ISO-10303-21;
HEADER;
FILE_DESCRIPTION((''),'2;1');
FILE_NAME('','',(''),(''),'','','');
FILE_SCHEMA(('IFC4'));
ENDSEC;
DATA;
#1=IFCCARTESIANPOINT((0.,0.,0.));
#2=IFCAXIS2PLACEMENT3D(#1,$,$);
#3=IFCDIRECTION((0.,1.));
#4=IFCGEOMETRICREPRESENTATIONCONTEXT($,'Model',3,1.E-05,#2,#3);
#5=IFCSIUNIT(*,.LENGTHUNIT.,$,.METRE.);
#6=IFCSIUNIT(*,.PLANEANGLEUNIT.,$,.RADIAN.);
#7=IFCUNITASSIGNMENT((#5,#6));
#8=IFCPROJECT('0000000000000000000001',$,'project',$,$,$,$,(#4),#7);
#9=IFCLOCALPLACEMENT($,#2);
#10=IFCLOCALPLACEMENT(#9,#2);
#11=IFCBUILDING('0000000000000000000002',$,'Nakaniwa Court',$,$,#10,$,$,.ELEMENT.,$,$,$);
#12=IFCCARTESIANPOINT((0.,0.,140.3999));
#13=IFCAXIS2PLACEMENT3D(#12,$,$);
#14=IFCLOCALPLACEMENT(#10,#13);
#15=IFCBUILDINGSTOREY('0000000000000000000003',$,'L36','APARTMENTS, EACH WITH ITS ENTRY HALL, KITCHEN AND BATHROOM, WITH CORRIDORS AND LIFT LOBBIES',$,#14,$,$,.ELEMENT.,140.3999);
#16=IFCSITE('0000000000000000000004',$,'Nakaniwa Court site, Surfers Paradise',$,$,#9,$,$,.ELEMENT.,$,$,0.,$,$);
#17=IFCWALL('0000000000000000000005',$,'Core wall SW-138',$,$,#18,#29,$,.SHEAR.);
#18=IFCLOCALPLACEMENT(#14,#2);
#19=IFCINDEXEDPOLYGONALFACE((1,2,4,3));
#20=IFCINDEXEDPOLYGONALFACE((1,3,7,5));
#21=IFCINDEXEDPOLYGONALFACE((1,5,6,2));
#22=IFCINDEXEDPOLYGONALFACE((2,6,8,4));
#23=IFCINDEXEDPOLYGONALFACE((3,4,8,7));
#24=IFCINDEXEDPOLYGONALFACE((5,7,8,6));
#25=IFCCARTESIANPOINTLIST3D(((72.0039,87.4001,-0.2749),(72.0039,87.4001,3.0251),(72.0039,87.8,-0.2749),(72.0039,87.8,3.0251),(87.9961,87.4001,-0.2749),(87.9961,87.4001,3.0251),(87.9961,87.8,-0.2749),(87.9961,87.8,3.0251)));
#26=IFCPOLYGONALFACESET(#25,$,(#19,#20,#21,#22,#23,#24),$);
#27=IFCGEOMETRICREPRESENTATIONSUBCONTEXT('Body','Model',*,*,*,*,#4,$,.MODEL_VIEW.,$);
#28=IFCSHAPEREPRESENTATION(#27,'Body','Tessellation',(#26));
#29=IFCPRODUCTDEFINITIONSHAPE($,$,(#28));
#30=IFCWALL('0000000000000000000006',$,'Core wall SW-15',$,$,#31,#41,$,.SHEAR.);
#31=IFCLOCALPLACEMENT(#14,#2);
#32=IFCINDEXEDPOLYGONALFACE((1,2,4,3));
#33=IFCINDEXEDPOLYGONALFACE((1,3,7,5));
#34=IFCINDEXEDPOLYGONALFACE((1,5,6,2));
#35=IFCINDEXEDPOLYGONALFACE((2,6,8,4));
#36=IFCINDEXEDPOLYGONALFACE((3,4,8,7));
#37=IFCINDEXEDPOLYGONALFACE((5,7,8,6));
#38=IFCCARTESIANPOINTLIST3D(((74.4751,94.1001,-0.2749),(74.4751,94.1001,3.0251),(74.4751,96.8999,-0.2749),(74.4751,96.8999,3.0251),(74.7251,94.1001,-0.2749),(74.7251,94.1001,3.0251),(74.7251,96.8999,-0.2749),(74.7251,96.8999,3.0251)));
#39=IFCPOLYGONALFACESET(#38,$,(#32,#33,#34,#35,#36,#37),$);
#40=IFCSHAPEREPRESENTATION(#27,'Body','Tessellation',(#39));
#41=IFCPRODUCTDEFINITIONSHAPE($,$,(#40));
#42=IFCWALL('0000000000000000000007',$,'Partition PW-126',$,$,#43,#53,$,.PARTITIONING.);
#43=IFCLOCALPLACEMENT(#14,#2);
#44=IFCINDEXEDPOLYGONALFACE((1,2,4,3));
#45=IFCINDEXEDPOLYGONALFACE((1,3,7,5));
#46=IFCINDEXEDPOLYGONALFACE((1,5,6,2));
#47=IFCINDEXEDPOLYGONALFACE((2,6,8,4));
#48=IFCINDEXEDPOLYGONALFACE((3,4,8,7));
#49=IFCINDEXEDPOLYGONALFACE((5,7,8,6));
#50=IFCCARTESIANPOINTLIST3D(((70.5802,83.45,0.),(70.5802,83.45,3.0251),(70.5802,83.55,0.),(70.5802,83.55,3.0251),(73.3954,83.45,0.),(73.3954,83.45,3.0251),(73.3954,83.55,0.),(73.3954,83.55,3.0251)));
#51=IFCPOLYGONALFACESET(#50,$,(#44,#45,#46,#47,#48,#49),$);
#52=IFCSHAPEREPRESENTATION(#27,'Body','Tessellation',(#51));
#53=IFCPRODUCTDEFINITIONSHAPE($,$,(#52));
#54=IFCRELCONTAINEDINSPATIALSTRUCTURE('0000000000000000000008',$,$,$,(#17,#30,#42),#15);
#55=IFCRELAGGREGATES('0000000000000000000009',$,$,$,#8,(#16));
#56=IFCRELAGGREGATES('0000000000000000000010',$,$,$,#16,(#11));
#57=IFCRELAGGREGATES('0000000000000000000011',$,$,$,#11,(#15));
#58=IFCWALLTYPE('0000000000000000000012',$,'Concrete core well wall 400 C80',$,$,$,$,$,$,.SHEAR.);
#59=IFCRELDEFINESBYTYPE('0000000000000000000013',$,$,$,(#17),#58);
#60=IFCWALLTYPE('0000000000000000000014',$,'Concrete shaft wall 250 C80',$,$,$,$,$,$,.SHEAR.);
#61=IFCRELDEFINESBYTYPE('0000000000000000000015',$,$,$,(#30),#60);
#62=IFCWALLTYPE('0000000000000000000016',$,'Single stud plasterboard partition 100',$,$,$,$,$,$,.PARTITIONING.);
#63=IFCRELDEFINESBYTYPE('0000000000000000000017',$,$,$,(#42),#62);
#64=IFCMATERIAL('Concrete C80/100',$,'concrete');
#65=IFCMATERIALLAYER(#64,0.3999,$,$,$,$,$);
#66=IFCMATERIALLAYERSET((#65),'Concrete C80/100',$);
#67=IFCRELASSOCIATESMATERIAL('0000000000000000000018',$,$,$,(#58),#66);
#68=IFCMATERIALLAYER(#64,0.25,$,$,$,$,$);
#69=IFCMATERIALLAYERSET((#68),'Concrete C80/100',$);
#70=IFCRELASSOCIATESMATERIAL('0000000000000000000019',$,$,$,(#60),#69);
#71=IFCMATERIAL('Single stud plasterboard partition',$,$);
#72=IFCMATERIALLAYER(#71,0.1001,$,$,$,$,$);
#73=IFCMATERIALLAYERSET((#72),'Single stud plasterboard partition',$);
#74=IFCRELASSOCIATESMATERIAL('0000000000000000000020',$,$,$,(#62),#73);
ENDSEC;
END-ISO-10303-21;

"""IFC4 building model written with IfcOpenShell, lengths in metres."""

from ifc_helpers import new_model, si_unit, direction, frame, frame_2d, origin, place, context, subcontext, project, spatial, rectangle, extrude, material, layer, layer_set, type_object, element, save


model = new_model("IFC4")

# Units and contexts
model_context = context("Model", 3, precision=1e-05, world=origin(), true_north=direction((0.0, 1.0)))
body_context = subcontext(model_context, "Body", "Model", "MODEL_VIEW")
ifc_project = project(units=[si_unit("LENGTHUNIT", "METRE"), si_unit("PLANEANGLEUNIT", "RADIAN")], contexts=[model_context])

# Site, building, storey
site_placement = place(None, origin())
site = spatial("IfcSite", under=ifc_project, at=site_placement, Name="Nakaniwa Court site, Surfers Paradise", CompositionType="ELEMENT", RefElevation=0.0)
building_placement = place(site_placement, origin())
building = spatial("IfcBuilding", under=site, at=building_placement, Name="Nakaniwa Court", CompositionType="ELEMENT")
storey_placement = place(building_placement, frame((0.0, 0.0, 140.3999)))
storey = spatial("IfcBuildingStorey", under=building, at=storey_placement, Name="L36", Description="APARTMENTS, EACH WITH ITS ENTRY HALL, KITCHEN AND BATHROOM, WITH CORRIDORS AND LIFT LOBBIES", CompositionType="ELEMENT", Elevation=140.3999)

# Shared definitions
ifc_material_1 = material(Name="Concrete C80/100", Category="concrete")

# Walls
ifc_layer_1 = layer(ifc_material_1, 0.3999)
ifc_layer_set_1 = layer_set([ifc_layer_1], Name="Concrete C80/100")
wall_type_1 = type_object("IfcWallType", Name="Concrete core well wall 400 C80", PredefinedType="SHEAR", material=ifc_layer_set_1)
wall_1_placement = place(storey_placement, frame((72.0039, 87.6001, -0.2749), z_axis=(0.0, 0.0, 1.0), x_axis=(1.0, 0.0, 0.0)))
element("IfcWall", 1, at=wall_1_placement, inside=storey, type_object=wall_type_1, Name="Core wall SW-138", PredefinedType="SHEAR", context=body_context, shape_type="SweptSolid", body=[
    extrude(rectangle(XDim=15.9922, YDim=0.3999, at=frame_2d((7.9961, 0.0))), origin(), (0.0, 0.0, 1.0), 3.3),
])
ifc_layer_2 = layer(ifc_material_1, 0.25)
ifc_layer_set_2 = layer_set([ifc_layer_2], Name="Concrete C80/100")
wall_type_2 = type_object("IfcWallType", Name="Concrete shaft wall 250 C80", PredefinedType="SHEAR", material=ifc_layer_set_2)
wall_2_placement = place(storey_placement, frame((74.6001, 94.1001, -0.2749), z_axis=(0.0, 0.0, 1.0), x_axis=(0.0, 1.0, 0.0)))
element("IfcWall", 2, at=wall_2_placement, inside=storey, type_object=wall_type_2, Name="Core wall SW-15", PredefinedType="SHEAR", context=body_context, shape_type="SweptSolid", body=[
    extrude(rectangle(XDim=2.7998, YDim=0.25, at=frame_2d((1.3999, 0.0))), origin(), (0.0, 0.0, 1.0), 3.3),
])
ifc_material_2 = material(Name="Single stud plasterboard partition")
ifc_layer_3 = layer(ifc_material_2, 0.1001)
ifc_layer_set_3 = layer_set([ifc_layer_3], Name="Single stud plasterboard partition")
wall_type_3 = type_object("IfcWallType", Name="Single stud plasterboard partition 100", PredefinedType="PARTITIONING", material=ifc_layer_set_3)
wall_3_placement = place(storey_placement, frame((70.5801, 83.5, 0.0), z_axis=(0.0, 0.0, 1.0), x_axis=(1.0, 0.0, 0.0)))
element("IfcWall", 3, at=wall_3_placement, inside=storey, type_object=wall_type_3, Name="Partition PW-126", PredefinedType="PARTITIONING", context=body_context, shape_type="SweptSolid", body=[
    extrude(rectangle(XDim=2.8152, YDim=0.1001, at=frame_2d((1.4077, 0.0))), origin(), (0.0, 0.0, 1.0), 3.0251),
])

save(model, "model.ifc")
